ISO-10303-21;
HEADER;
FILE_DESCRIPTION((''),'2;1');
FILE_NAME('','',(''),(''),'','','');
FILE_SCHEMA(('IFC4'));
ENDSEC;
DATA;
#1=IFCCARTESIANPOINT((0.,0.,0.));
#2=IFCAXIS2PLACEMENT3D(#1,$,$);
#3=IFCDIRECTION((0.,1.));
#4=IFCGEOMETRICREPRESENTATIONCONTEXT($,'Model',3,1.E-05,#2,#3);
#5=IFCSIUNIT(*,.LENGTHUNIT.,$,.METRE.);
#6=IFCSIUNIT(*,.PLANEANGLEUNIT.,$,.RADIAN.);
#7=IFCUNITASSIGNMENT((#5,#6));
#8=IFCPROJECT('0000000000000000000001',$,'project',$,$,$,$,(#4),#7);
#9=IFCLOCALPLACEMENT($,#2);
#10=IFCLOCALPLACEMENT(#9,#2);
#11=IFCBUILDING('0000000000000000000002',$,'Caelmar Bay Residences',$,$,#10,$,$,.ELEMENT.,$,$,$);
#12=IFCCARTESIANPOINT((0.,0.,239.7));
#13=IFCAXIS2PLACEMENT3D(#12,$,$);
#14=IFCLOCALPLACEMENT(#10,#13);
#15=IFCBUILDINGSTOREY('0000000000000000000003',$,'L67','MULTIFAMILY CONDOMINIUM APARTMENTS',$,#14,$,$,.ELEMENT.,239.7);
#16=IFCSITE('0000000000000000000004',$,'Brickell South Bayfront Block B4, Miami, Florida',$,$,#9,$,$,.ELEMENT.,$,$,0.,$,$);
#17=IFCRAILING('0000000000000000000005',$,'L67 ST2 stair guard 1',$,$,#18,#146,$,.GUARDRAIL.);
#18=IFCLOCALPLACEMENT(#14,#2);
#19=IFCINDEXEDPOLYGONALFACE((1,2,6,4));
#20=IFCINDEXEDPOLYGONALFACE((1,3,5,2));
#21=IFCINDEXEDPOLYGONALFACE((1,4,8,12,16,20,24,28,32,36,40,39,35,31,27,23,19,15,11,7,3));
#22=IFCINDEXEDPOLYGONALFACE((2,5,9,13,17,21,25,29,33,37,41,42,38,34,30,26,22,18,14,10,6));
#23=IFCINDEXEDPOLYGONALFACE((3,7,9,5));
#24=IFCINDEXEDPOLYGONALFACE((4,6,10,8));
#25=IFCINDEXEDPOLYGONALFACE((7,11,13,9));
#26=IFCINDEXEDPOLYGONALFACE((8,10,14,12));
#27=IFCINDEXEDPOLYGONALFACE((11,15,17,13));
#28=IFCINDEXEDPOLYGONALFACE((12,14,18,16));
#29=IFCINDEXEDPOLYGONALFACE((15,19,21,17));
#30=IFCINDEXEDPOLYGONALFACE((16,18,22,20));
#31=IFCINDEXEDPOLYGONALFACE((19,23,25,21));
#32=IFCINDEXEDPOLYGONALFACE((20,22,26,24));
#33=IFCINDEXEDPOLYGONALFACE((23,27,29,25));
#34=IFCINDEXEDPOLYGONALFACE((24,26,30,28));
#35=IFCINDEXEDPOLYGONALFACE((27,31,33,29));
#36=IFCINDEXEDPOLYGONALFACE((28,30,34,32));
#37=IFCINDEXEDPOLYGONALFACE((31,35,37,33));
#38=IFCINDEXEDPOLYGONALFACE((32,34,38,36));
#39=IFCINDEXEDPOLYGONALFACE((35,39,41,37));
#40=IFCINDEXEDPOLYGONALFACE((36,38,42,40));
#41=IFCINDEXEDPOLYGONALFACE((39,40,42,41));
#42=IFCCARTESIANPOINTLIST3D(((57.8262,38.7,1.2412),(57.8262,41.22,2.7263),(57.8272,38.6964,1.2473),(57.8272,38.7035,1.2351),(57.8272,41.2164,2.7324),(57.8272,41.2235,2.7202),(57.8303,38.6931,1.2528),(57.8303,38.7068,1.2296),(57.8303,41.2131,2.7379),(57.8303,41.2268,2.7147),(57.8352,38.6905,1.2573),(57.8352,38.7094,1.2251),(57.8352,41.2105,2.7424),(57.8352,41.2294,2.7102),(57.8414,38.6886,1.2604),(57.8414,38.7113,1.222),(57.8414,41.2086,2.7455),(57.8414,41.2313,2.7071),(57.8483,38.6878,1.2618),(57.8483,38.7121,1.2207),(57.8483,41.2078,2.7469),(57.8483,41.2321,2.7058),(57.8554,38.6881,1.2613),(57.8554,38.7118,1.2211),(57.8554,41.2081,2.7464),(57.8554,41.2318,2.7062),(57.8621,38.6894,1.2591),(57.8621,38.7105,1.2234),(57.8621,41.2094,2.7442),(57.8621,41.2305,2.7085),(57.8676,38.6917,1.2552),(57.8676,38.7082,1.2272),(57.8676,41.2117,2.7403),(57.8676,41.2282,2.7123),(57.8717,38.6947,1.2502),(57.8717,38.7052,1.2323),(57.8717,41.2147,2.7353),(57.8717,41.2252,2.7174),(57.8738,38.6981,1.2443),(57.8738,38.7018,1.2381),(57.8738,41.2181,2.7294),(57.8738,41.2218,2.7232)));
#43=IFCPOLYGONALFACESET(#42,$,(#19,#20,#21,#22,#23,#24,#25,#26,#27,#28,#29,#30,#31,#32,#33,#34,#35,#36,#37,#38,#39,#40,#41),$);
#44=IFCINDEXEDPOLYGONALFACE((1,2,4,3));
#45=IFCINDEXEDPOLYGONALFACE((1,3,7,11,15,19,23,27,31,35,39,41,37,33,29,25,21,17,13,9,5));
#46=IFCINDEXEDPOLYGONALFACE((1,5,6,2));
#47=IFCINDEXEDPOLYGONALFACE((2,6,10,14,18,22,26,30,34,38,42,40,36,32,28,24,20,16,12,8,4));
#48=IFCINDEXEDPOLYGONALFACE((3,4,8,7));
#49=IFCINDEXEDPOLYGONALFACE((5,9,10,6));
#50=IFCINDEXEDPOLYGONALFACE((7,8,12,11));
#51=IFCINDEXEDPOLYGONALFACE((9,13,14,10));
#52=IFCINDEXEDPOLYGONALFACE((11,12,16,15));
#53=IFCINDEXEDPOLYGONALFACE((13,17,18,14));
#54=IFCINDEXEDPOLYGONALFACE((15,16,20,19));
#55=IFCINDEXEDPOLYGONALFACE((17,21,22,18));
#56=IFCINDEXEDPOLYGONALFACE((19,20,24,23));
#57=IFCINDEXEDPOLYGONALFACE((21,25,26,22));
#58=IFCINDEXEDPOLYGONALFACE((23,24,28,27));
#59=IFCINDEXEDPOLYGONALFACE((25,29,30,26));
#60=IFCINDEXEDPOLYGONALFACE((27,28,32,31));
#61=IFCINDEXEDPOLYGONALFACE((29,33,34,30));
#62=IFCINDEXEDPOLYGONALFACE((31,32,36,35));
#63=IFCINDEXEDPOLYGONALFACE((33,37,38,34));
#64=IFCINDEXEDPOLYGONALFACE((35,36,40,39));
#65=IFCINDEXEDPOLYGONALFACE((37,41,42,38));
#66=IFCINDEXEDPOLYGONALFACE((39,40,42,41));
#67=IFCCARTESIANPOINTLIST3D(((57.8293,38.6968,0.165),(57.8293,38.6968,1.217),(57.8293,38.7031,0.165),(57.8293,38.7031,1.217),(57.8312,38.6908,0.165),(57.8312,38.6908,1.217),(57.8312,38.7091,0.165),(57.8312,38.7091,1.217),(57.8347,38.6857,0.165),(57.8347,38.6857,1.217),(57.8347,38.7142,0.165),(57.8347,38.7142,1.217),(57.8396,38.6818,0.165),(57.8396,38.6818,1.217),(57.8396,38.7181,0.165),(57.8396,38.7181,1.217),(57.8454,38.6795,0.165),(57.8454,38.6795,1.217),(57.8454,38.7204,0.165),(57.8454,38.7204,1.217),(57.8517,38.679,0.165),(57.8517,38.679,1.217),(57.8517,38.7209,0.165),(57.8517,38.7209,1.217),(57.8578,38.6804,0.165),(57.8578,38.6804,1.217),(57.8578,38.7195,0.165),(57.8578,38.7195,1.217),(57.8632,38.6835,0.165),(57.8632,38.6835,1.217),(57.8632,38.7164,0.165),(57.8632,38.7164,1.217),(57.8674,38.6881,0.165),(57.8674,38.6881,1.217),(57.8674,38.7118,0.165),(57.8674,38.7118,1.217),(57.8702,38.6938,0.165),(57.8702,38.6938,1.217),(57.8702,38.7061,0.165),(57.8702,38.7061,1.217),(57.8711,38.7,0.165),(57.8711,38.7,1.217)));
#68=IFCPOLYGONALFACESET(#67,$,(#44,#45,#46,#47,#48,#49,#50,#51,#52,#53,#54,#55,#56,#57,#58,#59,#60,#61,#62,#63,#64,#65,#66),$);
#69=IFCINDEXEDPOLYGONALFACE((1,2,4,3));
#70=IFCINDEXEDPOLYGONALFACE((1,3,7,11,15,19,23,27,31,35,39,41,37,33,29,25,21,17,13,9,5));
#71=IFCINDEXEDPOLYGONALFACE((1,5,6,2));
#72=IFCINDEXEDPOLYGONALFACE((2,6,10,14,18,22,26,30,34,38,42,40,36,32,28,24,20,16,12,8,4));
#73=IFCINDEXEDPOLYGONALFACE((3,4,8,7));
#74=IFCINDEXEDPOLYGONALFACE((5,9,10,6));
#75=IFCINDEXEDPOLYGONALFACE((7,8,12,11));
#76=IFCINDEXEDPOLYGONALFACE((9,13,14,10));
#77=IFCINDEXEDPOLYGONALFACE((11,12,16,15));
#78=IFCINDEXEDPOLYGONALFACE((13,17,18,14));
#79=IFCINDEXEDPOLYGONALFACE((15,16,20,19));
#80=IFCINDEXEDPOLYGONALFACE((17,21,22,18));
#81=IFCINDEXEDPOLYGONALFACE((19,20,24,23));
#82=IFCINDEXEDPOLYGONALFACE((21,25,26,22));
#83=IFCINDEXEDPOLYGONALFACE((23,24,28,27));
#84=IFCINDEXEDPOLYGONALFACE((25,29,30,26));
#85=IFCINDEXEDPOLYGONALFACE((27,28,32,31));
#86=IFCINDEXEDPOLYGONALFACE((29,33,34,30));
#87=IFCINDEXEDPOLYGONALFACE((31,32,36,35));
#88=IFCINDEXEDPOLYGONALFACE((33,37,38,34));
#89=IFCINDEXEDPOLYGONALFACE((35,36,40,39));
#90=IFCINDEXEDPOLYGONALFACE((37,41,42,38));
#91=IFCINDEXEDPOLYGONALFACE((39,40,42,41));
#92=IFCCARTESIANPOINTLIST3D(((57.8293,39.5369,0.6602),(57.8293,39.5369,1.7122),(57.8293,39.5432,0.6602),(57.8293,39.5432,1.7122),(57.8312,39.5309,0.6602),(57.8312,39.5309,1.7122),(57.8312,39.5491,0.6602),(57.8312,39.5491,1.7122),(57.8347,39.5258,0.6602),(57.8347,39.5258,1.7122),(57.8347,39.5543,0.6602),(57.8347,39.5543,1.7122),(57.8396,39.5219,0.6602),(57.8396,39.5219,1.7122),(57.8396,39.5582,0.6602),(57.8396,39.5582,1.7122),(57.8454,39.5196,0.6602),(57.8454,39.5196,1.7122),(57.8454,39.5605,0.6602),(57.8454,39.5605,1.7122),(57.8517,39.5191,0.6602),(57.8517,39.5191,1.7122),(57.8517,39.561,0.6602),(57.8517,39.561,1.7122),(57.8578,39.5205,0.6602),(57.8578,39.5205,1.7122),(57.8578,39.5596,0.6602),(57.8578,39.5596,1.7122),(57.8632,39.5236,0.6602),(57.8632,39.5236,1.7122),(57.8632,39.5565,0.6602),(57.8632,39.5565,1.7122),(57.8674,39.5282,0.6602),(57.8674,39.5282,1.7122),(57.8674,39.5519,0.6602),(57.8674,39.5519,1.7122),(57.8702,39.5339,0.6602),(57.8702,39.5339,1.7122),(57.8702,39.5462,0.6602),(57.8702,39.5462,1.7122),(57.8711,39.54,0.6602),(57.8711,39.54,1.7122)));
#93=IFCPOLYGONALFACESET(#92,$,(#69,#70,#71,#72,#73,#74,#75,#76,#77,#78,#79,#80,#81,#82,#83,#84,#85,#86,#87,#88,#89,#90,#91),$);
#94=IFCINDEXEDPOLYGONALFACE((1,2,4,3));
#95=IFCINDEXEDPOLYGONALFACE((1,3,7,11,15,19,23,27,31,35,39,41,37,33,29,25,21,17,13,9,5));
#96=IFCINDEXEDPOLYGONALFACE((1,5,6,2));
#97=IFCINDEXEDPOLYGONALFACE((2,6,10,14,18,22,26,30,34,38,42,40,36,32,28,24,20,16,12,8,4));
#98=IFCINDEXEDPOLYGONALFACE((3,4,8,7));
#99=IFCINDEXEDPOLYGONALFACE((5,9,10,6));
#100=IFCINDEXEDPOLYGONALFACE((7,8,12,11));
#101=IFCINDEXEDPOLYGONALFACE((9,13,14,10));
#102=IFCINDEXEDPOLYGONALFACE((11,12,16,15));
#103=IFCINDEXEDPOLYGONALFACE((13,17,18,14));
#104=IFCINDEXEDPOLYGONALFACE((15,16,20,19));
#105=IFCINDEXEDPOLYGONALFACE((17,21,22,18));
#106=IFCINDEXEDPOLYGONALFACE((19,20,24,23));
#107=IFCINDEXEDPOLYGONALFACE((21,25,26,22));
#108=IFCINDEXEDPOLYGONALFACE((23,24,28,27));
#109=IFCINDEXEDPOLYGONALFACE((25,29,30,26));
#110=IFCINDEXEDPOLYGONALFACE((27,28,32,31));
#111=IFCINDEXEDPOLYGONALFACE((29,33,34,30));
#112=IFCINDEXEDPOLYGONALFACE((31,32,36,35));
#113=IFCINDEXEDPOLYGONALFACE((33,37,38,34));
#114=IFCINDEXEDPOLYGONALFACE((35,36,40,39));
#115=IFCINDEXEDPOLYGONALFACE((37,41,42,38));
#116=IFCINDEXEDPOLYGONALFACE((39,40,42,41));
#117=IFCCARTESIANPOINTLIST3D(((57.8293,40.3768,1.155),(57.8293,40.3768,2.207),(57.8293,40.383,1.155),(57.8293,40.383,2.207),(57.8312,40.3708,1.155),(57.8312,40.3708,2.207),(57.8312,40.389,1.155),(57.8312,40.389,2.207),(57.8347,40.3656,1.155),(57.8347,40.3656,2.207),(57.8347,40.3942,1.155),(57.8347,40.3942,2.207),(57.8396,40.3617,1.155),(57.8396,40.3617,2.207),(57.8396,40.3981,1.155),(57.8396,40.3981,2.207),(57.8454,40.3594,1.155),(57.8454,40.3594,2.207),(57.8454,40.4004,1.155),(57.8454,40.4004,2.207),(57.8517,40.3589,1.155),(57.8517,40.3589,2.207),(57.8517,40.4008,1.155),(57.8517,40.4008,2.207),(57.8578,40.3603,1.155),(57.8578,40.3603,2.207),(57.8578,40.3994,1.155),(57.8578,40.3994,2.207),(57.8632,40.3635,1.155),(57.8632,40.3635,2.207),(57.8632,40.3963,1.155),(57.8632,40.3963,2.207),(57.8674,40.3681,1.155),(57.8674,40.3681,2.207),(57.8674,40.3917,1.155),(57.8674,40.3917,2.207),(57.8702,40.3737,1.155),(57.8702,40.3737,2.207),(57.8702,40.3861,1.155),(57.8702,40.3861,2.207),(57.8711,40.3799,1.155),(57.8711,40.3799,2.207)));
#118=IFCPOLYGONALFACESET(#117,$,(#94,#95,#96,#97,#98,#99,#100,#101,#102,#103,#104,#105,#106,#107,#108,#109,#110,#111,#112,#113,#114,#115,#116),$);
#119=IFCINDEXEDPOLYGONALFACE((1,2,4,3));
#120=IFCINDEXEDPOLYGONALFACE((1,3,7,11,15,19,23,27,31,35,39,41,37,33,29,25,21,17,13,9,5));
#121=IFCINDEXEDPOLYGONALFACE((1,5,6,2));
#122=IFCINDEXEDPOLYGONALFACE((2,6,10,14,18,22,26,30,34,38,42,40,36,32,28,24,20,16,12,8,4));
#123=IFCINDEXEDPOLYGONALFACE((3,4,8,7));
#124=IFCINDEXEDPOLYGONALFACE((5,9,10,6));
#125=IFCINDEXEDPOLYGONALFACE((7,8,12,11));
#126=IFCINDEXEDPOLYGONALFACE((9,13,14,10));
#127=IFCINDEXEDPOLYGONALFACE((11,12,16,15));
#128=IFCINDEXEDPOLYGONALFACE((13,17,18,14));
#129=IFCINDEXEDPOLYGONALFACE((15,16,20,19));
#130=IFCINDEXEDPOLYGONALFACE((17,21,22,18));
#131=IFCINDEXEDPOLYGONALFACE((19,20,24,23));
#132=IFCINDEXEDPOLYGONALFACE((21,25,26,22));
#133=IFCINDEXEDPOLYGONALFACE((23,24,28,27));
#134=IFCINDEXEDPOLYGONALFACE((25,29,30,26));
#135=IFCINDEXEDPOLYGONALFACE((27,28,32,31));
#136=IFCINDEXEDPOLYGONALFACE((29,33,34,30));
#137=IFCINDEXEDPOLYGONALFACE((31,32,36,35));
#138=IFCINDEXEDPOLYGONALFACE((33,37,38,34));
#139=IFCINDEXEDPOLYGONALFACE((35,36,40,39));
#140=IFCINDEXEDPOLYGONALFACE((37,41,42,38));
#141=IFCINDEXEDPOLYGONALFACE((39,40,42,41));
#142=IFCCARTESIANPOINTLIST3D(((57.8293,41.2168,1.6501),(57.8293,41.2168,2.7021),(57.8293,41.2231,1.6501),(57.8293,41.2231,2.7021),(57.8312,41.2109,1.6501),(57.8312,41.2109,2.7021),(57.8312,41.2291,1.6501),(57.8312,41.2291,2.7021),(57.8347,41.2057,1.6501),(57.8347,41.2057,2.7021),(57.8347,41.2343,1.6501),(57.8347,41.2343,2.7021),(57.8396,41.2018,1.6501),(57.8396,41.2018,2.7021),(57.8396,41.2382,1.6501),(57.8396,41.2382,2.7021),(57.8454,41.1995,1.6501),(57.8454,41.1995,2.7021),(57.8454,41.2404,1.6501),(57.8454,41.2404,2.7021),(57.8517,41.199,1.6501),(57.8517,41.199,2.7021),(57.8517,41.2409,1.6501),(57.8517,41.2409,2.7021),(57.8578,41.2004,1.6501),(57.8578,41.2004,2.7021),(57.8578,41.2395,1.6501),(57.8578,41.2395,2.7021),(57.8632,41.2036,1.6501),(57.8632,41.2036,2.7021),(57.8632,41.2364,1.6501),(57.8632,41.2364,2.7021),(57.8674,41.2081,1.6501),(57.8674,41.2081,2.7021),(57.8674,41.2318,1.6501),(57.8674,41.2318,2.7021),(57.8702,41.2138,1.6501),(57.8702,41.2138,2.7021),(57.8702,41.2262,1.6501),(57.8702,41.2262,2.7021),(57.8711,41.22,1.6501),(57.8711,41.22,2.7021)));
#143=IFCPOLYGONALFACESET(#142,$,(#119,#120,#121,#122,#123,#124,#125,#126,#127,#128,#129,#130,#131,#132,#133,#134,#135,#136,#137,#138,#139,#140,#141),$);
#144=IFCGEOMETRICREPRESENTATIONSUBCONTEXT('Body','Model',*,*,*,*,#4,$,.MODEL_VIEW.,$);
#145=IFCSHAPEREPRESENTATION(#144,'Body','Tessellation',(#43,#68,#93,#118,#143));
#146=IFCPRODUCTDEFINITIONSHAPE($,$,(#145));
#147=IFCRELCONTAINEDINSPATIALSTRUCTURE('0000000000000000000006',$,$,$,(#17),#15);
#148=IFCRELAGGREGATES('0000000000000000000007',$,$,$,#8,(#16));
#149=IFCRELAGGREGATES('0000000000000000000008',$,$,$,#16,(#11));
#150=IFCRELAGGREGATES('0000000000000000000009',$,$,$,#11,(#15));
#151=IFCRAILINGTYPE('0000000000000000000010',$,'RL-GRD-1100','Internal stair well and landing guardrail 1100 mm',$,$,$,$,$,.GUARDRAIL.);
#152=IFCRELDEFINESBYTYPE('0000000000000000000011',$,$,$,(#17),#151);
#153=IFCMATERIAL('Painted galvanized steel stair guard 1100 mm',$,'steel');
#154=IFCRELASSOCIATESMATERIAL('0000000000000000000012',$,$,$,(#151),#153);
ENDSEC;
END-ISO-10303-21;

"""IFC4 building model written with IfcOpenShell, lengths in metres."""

from ifc_helpers import new_model, si_unit, direction, frame, origin, origin_2d, place, context, subcontext, project, spatial, circle, extrude, material, type_object, element, save


model = new_model("IFC4")

# Units and contexts
model_context = context("Model", 3, precision=1e-05, world=origin(), true_north=direction((0.0, 1.0)))
body_context = subcontext(model_context, "Body", "Model", "MODEL_VIEW")
ifc_project = project(units=[si_unit("LENGTHUNIT", "METRE"), si_unit("PLANEANGLEUNIT", "RADIAN")], contexts=[model_context])

# Site, building, storey
site_placement = place(None, origin())
site = spatial("IfcSite", under=ifc_project, at=site_placement, Name="Brickell South Bayfront Block B4, Miami, Florida", CompositionType="ELEMENT", RefElevation=0.0)
building_placement = place(site_placement, origin())
building = spatial("IfcBuilding", under=site, at=building_placement, Name="Caelmar Bay Residences", CompositionType="ELEMENT")
storey_placement = place(building_placement, frame((0.0, 0.0, 239.7)))
storey = spatial("IfcBuildingStorey", under=building, at=storey_placement, Name="L67", Description="MULTIFAMILY CONDOMINIUM APARTMENTS", CompositionType="ELEMENT", Elevation=239.7)

# Railing
ifc_material_1 = material(Name="Painted galvanized steel stair guard 1100 mm", Category="steel")
railing_type_1 = type_object("IfcRailingType", Name="RL-GRD-1100", Description="Internal stair well and landing guardrail 1100 mm", PredefinedType="GUARDRAIL", material=ifc_material_1)
railing_1_placement = place(storey_placement, frame((57.8501, 38.7, 0.165)))
element("IfcRailing", 1, at=railing_1_placement, inside=storey, type_object=railing_type_1, Name="L67 ST2 stair guard 1", PredefinedType="GUARDRAIL", context=body_context, shape_type="SweptSolid", body=[
    extrude(circle(Radius=0.0239, at=origin_2d()), frame((0.0, 0.0, 1.0762), z_axis=(0.0, 0.861524, 0.507717), x_axis=(-1.0, 0.0, 0.0)), (0.0, 0.0, 1.0), 2.925),
    extrude(circle(Radius=0.021, at=origin_2d()), origin(), (0.0, 0.0, 1.0), 1.052),
    extrude(circle(Radius=0.021, at=origin_2d()), frame((0.0, 0.8401, 0.4951)), (0.0, 0.0, 1.0), 1.052),
    extrude(circle(Radius=0.021, at=origin_2d()), frame((0.0, 1.6799, 0.99)), (0.0, 0.0, 1.0), 1.052),
    extrude(circle(Radius=0.021, at=origin_2d()), frame((0.0, 2.52, 1.4851)), (0.0, 0.0, 1.0), 1.052),
])

save(model, "model.ifc")
